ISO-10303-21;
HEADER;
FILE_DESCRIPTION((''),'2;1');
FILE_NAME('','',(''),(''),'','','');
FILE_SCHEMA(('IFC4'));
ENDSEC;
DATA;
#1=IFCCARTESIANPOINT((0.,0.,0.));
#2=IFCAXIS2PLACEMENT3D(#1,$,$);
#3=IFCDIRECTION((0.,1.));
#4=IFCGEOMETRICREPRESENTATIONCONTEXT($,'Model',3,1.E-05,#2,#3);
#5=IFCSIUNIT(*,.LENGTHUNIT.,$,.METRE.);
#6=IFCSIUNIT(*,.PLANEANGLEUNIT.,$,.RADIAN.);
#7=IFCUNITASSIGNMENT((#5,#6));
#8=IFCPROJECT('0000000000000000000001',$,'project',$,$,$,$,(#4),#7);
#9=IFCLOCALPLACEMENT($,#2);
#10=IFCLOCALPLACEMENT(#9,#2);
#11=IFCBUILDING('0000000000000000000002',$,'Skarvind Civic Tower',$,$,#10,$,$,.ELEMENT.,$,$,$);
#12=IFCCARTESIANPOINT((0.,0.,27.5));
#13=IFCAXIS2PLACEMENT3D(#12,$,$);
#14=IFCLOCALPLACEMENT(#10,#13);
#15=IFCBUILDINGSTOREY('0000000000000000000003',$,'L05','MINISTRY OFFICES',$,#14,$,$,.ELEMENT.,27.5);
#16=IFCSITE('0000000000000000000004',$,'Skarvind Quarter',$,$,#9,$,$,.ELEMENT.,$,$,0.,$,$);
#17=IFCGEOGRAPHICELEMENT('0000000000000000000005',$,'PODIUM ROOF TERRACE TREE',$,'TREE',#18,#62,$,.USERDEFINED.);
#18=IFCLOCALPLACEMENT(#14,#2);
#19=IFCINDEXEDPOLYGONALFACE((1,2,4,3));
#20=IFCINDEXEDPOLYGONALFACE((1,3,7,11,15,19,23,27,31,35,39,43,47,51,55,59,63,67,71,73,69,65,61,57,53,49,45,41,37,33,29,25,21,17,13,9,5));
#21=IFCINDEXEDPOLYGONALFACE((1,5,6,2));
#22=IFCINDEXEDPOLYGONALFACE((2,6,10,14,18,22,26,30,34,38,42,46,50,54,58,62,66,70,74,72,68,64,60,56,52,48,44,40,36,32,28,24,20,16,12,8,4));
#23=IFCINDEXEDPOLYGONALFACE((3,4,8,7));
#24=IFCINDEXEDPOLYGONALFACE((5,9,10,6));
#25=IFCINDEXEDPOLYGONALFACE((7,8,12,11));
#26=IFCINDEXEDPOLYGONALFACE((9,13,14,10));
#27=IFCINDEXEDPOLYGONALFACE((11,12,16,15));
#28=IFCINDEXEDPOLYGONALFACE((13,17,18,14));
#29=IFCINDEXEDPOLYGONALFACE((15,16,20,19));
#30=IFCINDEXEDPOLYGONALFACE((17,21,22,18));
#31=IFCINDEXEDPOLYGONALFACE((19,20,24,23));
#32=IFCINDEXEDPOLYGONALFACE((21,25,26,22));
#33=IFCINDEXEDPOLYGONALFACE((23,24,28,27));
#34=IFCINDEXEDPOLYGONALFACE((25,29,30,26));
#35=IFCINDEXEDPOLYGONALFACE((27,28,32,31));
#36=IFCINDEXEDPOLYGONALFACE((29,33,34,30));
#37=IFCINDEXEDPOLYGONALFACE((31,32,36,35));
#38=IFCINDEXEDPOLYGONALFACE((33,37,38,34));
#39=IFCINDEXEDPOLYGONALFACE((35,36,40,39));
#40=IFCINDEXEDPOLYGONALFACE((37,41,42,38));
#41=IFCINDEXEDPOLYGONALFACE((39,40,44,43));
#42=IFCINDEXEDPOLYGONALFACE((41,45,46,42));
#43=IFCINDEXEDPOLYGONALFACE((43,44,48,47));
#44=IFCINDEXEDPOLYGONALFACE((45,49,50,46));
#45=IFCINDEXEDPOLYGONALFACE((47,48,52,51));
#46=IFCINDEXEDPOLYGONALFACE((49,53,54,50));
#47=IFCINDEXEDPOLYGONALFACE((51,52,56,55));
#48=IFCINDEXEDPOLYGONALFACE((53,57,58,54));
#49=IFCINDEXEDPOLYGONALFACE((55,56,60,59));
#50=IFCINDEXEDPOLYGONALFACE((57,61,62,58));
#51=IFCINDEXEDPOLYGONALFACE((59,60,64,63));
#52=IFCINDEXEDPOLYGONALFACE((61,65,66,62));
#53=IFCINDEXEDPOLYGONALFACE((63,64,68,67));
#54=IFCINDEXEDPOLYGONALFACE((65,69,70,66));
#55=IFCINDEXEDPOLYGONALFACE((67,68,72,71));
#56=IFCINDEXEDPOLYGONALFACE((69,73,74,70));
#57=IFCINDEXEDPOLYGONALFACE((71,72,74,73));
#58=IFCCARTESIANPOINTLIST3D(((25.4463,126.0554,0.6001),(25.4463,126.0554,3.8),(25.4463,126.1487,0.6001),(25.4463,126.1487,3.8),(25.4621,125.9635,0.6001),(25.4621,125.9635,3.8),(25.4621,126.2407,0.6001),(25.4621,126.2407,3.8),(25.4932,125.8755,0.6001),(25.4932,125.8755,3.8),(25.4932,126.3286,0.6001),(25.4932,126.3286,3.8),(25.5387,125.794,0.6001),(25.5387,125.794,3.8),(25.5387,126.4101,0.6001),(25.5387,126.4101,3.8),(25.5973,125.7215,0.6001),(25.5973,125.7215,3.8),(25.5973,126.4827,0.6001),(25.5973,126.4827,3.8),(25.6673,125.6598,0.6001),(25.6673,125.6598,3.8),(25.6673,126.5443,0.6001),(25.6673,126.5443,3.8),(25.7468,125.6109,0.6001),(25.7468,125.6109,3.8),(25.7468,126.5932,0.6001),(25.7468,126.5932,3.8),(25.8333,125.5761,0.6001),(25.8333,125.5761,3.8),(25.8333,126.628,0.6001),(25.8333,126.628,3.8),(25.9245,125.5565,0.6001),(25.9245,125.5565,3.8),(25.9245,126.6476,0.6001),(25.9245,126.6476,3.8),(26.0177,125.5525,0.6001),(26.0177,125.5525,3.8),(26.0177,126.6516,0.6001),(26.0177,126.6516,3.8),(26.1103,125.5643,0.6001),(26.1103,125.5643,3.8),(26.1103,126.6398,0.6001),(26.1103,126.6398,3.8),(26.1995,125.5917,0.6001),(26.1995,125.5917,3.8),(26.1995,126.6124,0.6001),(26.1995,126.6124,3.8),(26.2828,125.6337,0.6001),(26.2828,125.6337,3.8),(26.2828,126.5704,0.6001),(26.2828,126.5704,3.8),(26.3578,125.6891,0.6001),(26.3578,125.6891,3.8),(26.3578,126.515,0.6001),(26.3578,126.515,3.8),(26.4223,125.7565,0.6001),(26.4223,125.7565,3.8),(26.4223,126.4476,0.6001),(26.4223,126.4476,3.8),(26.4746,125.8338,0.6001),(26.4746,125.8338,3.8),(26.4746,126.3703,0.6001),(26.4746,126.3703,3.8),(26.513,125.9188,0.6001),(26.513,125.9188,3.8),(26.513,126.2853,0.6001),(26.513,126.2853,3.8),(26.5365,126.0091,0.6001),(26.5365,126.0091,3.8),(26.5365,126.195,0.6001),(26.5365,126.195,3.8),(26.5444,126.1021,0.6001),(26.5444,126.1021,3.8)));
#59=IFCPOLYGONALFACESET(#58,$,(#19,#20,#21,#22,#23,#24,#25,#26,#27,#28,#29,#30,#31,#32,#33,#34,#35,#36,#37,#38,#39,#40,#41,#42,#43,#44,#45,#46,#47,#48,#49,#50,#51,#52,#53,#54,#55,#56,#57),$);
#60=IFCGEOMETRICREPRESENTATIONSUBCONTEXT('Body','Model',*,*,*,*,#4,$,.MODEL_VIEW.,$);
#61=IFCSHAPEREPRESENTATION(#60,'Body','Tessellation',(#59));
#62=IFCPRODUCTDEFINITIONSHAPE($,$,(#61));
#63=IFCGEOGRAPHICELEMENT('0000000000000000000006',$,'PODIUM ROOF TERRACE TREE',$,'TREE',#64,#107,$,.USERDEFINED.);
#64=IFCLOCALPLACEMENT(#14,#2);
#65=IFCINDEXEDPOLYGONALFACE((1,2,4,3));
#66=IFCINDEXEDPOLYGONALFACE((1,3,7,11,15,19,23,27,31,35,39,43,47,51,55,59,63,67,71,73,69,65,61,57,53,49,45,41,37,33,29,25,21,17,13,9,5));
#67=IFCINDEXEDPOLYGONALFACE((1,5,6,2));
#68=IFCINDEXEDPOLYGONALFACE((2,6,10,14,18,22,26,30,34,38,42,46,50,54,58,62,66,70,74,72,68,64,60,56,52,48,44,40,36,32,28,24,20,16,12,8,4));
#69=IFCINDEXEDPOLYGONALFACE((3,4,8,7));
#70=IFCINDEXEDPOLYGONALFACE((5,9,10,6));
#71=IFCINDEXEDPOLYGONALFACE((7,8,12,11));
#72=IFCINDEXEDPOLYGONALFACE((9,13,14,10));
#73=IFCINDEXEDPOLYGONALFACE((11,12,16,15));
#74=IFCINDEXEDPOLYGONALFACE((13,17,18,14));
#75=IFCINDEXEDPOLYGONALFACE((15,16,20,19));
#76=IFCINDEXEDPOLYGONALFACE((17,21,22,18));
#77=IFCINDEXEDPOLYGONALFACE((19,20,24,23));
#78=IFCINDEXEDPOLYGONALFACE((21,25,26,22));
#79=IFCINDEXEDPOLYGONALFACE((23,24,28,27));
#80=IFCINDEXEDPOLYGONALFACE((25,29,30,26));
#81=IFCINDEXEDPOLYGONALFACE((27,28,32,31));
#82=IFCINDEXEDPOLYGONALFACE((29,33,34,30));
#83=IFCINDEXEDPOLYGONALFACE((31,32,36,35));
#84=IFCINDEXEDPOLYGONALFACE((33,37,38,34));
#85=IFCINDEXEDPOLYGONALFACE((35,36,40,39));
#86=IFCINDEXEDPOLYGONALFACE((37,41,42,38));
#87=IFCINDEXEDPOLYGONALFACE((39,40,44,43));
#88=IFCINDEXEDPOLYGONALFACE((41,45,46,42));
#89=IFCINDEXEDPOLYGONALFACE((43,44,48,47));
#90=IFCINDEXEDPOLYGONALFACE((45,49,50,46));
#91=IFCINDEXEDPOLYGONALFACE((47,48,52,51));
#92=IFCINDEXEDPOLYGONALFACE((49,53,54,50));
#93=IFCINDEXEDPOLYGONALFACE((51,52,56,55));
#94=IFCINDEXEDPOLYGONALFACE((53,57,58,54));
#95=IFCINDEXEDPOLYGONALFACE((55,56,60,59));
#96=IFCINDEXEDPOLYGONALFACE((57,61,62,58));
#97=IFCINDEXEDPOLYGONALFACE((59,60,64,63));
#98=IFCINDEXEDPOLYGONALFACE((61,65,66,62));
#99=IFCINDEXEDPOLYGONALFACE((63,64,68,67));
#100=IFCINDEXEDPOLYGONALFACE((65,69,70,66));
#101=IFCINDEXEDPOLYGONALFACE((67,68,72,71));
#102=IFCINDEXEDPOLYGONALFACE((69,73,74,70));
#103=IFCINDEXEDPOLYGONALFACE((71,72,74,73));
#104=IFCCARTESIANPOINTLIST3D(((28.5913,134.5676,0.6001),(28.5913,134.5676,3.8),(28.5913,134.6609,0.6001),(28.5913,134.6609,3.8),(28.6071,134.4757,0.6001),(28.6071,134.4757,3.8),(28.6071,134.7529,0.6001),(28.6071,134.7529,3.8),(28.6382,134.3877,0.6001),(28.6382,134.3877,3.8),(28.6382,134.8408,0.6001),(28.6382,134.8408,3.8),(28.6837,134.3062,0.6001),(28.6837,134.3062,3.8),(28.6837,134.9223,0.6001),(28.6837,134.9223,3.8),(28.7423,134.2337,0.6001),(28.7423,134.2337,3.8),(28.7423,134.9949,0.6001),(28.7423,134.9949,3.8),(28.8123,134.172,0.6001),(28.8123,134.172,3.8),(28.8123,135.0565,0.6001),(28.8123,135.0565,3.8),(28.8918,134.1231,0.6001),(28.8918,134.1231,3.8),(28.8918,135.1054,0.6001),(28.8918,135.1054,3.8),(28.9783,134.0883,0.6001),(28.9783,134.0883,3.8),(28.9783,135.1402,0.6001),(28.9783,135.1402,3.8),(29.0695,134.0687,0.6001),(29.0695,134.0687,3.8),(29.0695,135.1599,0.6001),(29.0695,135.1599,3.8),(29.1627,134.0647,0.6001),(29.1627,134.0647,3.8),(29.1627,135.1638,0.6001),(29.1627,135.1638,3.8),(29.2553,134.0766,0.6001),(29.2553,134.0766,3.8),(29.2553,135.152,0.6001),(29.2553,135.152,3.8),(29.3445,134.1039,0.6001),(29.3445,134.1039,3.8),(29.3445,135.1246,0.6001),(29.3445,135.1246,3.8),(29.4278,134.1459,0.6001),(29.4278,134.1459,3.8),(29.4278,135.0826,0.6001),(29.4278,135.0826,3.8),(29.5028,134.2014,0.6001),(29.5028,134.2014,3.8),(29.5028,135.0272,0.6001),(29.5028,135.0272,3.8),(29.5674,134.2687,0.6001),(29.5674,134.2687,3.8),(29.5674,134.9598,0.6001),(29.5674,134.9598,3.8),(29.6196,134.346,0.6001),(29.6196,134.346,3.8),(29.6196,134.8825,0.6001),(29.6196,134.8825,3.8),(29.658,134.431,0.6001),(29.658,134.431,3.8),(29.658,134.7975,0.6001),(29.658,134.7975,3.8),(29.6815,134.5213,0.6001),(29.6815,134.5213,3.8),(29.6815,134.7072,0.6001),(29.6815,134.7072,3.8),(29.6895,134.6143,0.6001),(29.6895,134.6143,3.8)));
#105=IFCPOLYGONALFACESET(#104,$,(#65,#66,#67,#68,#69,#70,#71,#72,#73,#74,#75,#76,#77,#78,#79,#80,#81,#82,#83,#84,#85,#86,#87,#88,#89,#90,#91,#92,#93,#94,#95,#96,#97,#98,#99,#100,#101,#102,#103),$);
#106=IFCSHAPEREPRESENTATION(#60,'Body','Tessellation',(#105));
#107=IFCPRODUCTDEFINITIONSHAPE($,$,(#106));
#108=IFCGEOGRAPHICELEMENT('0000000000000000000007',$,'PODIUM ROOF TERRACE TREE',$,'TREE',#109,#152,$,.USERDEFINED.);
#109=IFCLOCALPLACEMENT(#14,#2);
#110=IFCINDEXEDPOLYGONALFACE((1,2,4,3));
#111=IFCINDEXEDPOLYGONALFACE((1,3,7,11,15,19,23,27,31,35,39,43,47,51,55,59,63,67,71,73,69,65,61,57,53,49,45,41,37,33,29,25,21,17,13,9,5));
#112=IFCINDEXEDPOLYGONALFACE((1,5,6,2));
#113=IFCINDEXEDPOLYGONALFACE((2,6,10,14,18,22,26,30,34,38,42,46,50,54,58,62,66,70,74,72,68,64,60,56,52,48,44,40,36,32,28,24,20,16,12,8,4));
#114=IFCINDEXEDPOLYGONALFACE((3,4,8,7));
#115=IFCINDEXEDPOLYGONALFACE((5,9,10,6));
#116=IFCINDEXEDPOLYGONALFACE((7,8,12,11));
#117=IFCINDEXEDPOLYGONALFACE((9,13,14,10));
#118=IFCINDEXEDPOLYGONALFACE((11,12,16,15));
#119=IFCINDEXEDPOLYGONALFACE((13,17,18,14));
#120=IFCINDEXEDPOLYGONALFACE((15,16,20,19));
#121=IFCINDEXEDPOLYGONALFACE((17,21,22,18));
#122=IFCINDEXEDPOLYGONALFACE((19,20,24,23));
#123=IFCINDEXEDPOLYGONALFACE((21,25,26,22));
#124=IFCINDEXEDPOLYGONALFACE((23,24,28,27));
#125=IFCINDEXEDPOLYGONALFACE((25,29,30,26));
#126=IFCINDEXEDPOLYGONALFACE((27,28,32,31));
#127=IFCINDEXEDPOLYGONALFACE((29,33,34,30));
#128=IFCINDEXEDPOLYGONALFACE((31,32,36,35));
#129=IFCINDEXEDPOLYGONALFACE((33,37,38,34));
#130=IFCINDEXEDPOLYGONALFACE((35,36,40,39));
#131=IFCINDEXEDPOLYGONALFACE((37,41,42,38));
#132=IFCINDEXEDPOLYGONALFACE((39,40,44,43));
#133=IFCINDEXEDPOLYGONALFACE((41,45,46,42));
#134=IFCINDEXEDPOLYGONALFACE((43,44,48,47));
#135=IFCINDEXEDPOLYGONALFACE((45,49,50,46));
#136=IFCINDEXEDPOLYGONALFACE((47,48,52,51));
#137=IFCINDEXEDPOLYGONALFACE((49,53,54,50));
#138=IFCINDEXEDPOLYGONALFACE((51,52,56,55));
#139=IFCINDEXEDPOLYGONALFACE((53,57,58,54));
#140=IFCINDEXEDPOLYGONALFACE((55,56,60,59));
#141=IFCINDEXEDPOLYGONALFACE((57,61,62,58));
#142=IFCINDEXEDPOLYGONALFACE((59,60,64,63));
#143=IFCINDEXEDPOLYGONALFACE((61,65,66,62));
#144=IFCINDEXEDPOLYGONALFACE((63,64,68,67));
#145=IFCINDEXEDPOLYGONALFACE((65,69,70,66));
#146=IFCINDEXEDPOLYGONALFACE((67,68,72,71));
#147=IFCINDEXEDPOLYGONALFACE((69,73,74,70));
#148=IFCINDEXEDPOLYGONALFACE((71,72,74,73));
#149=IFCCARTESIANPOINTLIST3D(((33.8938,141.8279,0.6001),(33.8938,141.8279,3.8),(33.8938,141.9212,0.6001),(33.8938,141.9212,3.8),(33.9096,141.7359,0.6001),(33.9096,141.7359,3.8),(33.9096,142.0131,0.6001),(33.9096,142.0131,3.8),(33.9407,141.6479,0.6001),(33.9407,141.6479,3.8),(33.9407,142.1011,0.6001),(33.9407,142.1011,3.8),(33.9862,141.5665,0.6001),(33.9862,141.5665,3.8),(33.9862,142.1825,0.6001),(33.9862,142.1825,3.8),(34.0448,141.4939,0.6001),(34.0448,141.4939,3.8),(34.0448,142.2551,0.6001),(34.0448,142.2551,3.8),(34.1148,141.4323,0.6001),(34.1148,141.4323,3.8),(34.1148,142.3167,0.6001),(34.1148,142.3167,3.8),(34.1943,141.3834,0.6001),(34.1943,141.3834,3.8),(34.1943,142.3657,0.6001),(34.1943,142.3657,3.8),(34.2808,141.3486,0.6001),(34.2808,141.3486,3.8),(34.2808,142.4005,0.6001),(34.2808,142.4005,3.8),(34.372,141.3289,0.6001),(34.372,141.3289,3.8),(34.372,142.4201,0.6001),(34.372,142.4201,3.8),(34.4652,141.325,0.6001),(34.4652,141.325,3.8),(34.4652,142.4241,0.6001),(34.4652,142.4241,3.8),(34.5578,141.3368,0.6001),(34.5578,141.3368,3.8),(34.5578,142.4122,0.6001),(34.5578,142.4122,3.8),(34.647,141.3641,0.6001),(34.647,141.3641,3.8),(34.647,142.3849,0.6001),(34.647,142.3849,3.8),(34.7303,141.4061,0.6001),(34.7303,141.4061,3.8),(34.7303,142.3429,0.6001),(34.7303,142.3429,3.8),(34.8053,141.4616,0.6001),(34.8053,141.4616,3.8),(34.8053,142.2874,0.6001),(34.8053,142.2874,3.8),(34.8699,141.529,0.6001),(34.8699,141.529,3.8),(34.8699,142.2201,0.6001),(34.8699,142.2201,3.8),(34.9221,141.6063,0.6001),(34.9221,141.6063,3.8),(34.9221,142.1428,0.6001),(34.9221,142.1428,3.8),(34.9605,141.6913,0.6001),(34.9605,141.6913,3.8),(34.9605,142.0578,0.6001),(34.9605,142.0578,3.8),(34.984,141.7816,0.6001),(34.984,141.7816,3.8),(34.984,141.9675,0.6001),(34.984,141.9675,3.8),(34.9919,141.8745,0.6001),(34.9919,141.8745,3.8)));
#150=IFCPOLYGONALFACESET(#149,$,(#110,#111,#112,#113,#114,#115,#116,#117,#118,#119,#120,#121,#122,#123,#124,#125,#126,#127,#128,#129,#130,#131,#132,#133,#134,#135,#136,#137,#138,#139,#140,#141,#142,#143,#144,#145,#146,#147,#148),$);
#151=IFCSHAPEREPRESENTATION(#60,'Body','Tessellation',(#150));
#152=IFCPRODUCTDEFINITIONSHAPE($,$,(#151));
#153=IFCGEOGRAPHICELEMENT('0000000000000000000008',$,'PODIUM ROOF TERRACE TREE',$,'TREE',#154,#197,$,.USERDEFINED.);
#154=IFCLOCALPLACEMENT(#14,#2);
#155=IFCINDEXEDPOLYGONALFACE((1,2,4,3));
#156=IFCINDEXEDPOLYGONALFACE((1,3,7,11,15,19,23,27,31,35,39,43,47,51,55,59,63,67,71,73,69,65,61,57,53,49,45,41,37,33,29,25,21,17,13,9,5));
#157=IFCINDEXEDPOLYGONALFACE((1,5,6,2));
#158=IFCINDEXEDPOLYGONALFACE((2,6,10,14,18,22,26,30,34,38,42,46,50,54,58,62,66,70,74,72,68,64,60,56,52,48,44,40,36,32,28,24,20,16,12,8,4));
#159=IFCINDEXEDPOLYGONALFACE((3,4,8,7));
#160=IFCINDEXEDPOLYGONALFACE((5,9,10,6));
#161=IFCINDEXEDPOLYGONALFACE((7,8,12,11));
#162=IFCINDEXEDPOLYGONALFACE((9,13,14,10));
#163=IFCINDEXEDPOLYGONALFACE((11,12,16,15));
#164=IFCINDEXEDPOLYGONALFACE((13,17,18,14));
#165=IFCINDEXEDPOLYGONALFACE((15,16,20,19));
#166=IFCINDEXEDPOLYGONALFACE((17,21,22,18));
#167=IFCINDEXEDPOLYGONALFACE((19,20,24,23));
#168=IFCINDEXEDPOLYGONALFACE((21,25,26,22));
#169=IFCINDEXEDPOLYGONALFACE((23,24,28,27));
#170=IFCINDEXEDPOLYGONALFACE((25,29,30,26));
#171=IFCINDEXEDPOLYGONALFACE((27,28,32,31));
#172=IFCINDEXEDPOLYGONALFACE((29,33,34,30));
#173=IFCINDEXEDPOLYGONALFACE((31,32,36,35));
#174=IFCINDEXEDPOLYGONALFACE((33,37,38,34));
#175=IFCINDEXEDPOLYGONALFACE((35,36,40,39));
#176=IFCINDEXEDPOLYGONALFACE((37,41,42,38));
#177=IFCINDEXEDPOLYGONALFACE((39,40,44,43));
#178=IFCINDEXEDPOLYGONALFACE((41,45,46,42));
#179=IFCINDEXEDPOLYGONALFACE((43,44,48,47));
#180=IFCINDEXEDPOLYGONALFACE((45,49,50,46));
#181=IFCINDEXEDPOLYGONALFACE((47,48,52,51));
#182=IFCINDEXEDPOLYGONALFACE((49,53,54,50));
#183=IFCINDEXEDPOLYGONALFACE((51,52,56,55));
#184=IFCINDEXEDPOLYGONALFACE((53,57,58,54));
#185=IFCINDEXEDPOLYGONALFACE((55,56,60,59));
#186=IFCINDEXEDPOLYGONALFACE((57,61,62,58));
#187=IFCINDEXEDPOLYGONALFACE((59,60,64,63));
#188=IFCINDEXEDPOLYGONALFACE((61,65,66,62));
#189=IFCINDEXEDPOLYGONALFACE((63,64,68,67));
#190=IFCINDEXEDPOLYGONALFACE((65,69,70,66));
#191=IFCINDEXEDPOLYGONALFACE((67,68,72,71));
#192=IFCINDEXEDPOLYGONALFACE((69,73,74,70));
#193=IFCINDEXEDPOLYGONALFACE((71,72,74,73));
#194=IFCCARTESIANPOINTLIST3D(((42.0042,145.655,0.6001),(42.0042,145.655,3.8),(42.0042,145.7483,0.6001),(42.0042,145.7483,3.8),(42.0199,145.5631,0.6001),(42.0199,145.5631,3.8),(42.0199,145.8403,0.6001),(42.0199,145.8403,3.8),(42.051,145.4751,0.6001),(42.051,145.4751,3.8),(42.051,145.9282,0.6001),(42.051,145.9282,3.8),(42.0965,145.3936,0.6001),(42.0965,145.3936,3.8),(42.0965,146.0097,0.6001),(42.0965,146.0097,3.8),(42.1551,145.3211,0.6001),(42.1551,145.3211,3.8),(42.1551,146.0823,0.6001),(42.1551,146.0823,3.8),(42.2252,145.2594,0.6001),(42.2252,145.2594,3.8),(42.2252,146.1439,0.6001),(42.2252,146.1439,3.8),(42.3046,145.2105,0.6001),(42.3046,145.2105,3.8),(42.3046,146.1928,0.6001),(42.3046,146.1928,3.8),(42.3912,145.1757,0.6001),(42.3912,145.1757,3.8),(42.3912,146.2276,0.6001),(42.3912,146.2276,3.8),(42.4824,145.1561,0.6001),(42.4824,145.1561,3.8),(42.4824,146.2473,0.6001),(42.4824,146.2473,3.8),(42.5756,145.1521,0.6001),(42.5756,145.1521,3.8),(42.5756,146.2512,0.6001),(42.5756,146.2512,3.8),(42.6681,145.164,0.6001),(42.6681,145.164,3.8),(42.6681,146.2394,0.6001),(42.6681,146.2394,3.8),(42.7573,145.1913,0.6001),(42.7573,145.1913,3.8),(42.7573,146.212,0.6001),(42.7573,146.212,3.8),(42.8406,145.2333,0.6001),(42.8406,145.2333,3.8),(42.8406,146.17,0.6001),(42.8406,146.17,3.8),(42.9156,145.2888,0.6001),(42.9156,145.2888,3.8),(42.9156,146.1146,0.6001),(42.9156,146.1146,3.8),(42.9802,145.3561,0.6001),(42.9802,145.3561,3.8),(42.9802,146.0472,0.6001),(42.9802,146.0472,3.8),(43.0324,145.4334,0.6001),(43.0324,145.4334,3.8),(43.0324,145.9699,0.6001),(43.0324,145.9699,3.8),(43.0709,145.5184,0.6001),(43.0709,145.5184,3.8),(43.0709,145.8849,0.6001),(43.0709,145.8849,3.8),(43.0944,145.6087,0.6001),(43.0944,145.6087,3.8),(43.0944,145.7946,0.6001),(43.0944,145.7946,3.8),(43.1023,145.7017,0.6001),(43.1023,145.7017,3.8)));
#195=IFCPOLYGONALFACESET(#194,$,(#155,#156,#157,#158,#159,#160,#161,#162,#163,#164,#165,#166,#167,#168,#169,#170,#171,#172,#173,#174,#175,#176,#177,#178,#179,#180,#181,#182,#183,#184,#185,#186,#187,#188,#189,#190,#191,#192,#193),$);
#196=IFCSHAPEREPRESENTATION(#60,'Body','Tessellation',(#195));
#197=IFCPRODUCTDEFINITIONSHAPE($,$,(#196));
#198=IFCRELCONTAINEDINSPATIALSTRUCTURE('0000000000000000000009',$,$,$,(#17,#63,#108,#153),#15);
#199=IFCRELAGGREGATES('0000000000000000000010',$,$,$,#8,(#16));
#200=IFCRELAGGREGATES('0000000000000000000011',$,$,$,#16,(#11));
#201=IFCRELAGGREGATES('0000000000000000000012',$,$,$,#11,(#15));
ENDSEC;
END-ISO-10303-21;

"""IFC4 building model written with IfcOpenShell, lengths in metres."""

from ifc_helpers import new_model, si_unit, direction, frame, origin, origin_2d, place, context, subcontext, project, spatial, circle, extrude, element, save


model = new_model("IFC4")

# Units and contexts
model_context = context("Model", 3, precision=1e-05, world=origin(), true_north=direction((0.0, 1.0)))
body_context = subcontext(model_context, "Body", "Model", "MODEL_VIEW")
ifc_project = project(units=[si_unit("LENGTHUNIT", "METRE"), si_unit("PLANEANGLEUNIT", "RADIAN")], contexts=[model_context])

# Site, building, storey
site_placement = place(None, origin())
site = spatial("IfcSite", under=ifc_project, at=site_placement, Name="Skarvind Quarter", CompositionType="ELEMENT", RefElevation=0.0)
building_placement = place(site_placement, origin())
building = spatial("IfcBuilding", under=site, at=building_placement, Name="Skarvind Civic Tower", CompositionType="ELEMENT")
storey_placement = place(building_placement, frame((0.0, 0.0, 27.5)))
storey = spatial("IfcBuildingStorey", under=building, at=storey_placement, Name="L05", Description="MINISTRY OFFICES", CompositionType="ELEMENT", Elevation=27.5)

# Geographic elements
for number, where, z_axis, x_axis, name in (
    (1, (25.9944, 126.1021, 0.6001), (0.0, 0.0, 1.0), (1.0, 0.0, 0.0), "PODIUM ROOF TERRACE TREE"),
    (2, (29.1394, 134.6143, 0.6001), (0.0, 0.0, 1.0), (1.0, 0.0, 0.0), "PODIUM ROOF TERRACE TREE"),
    (3, (34.4419, 141.8745, 0.6001), (0.0, 0.0, 1.0), (1.0, 0.0, 0.0), "PODIUM ROOF TERRACE TREE"),
    (4, (42.5522, 145.7017, 0.6001), (0.0, 0.0, 1.0), (1.0, 0.0, 0.0), "PODIUM ROOF TERRACE TREE"),
):
    element("IfcGeographicElement", number, at=place(storey_placement, frame(where, z_axis=z_axis, x_axis=x_axis)), inside=storey, Name=name, ObjectType="TREE", PredefinedType="USERDEFINED", context=body_context, shape_type="SweptSolid", body=[
        extrude(circle(Radius=0.55, at=origin_2d()), origin(), (0.0, 0.0, 1.0), 3.2),
    ])

save(model, "model.ifc")
